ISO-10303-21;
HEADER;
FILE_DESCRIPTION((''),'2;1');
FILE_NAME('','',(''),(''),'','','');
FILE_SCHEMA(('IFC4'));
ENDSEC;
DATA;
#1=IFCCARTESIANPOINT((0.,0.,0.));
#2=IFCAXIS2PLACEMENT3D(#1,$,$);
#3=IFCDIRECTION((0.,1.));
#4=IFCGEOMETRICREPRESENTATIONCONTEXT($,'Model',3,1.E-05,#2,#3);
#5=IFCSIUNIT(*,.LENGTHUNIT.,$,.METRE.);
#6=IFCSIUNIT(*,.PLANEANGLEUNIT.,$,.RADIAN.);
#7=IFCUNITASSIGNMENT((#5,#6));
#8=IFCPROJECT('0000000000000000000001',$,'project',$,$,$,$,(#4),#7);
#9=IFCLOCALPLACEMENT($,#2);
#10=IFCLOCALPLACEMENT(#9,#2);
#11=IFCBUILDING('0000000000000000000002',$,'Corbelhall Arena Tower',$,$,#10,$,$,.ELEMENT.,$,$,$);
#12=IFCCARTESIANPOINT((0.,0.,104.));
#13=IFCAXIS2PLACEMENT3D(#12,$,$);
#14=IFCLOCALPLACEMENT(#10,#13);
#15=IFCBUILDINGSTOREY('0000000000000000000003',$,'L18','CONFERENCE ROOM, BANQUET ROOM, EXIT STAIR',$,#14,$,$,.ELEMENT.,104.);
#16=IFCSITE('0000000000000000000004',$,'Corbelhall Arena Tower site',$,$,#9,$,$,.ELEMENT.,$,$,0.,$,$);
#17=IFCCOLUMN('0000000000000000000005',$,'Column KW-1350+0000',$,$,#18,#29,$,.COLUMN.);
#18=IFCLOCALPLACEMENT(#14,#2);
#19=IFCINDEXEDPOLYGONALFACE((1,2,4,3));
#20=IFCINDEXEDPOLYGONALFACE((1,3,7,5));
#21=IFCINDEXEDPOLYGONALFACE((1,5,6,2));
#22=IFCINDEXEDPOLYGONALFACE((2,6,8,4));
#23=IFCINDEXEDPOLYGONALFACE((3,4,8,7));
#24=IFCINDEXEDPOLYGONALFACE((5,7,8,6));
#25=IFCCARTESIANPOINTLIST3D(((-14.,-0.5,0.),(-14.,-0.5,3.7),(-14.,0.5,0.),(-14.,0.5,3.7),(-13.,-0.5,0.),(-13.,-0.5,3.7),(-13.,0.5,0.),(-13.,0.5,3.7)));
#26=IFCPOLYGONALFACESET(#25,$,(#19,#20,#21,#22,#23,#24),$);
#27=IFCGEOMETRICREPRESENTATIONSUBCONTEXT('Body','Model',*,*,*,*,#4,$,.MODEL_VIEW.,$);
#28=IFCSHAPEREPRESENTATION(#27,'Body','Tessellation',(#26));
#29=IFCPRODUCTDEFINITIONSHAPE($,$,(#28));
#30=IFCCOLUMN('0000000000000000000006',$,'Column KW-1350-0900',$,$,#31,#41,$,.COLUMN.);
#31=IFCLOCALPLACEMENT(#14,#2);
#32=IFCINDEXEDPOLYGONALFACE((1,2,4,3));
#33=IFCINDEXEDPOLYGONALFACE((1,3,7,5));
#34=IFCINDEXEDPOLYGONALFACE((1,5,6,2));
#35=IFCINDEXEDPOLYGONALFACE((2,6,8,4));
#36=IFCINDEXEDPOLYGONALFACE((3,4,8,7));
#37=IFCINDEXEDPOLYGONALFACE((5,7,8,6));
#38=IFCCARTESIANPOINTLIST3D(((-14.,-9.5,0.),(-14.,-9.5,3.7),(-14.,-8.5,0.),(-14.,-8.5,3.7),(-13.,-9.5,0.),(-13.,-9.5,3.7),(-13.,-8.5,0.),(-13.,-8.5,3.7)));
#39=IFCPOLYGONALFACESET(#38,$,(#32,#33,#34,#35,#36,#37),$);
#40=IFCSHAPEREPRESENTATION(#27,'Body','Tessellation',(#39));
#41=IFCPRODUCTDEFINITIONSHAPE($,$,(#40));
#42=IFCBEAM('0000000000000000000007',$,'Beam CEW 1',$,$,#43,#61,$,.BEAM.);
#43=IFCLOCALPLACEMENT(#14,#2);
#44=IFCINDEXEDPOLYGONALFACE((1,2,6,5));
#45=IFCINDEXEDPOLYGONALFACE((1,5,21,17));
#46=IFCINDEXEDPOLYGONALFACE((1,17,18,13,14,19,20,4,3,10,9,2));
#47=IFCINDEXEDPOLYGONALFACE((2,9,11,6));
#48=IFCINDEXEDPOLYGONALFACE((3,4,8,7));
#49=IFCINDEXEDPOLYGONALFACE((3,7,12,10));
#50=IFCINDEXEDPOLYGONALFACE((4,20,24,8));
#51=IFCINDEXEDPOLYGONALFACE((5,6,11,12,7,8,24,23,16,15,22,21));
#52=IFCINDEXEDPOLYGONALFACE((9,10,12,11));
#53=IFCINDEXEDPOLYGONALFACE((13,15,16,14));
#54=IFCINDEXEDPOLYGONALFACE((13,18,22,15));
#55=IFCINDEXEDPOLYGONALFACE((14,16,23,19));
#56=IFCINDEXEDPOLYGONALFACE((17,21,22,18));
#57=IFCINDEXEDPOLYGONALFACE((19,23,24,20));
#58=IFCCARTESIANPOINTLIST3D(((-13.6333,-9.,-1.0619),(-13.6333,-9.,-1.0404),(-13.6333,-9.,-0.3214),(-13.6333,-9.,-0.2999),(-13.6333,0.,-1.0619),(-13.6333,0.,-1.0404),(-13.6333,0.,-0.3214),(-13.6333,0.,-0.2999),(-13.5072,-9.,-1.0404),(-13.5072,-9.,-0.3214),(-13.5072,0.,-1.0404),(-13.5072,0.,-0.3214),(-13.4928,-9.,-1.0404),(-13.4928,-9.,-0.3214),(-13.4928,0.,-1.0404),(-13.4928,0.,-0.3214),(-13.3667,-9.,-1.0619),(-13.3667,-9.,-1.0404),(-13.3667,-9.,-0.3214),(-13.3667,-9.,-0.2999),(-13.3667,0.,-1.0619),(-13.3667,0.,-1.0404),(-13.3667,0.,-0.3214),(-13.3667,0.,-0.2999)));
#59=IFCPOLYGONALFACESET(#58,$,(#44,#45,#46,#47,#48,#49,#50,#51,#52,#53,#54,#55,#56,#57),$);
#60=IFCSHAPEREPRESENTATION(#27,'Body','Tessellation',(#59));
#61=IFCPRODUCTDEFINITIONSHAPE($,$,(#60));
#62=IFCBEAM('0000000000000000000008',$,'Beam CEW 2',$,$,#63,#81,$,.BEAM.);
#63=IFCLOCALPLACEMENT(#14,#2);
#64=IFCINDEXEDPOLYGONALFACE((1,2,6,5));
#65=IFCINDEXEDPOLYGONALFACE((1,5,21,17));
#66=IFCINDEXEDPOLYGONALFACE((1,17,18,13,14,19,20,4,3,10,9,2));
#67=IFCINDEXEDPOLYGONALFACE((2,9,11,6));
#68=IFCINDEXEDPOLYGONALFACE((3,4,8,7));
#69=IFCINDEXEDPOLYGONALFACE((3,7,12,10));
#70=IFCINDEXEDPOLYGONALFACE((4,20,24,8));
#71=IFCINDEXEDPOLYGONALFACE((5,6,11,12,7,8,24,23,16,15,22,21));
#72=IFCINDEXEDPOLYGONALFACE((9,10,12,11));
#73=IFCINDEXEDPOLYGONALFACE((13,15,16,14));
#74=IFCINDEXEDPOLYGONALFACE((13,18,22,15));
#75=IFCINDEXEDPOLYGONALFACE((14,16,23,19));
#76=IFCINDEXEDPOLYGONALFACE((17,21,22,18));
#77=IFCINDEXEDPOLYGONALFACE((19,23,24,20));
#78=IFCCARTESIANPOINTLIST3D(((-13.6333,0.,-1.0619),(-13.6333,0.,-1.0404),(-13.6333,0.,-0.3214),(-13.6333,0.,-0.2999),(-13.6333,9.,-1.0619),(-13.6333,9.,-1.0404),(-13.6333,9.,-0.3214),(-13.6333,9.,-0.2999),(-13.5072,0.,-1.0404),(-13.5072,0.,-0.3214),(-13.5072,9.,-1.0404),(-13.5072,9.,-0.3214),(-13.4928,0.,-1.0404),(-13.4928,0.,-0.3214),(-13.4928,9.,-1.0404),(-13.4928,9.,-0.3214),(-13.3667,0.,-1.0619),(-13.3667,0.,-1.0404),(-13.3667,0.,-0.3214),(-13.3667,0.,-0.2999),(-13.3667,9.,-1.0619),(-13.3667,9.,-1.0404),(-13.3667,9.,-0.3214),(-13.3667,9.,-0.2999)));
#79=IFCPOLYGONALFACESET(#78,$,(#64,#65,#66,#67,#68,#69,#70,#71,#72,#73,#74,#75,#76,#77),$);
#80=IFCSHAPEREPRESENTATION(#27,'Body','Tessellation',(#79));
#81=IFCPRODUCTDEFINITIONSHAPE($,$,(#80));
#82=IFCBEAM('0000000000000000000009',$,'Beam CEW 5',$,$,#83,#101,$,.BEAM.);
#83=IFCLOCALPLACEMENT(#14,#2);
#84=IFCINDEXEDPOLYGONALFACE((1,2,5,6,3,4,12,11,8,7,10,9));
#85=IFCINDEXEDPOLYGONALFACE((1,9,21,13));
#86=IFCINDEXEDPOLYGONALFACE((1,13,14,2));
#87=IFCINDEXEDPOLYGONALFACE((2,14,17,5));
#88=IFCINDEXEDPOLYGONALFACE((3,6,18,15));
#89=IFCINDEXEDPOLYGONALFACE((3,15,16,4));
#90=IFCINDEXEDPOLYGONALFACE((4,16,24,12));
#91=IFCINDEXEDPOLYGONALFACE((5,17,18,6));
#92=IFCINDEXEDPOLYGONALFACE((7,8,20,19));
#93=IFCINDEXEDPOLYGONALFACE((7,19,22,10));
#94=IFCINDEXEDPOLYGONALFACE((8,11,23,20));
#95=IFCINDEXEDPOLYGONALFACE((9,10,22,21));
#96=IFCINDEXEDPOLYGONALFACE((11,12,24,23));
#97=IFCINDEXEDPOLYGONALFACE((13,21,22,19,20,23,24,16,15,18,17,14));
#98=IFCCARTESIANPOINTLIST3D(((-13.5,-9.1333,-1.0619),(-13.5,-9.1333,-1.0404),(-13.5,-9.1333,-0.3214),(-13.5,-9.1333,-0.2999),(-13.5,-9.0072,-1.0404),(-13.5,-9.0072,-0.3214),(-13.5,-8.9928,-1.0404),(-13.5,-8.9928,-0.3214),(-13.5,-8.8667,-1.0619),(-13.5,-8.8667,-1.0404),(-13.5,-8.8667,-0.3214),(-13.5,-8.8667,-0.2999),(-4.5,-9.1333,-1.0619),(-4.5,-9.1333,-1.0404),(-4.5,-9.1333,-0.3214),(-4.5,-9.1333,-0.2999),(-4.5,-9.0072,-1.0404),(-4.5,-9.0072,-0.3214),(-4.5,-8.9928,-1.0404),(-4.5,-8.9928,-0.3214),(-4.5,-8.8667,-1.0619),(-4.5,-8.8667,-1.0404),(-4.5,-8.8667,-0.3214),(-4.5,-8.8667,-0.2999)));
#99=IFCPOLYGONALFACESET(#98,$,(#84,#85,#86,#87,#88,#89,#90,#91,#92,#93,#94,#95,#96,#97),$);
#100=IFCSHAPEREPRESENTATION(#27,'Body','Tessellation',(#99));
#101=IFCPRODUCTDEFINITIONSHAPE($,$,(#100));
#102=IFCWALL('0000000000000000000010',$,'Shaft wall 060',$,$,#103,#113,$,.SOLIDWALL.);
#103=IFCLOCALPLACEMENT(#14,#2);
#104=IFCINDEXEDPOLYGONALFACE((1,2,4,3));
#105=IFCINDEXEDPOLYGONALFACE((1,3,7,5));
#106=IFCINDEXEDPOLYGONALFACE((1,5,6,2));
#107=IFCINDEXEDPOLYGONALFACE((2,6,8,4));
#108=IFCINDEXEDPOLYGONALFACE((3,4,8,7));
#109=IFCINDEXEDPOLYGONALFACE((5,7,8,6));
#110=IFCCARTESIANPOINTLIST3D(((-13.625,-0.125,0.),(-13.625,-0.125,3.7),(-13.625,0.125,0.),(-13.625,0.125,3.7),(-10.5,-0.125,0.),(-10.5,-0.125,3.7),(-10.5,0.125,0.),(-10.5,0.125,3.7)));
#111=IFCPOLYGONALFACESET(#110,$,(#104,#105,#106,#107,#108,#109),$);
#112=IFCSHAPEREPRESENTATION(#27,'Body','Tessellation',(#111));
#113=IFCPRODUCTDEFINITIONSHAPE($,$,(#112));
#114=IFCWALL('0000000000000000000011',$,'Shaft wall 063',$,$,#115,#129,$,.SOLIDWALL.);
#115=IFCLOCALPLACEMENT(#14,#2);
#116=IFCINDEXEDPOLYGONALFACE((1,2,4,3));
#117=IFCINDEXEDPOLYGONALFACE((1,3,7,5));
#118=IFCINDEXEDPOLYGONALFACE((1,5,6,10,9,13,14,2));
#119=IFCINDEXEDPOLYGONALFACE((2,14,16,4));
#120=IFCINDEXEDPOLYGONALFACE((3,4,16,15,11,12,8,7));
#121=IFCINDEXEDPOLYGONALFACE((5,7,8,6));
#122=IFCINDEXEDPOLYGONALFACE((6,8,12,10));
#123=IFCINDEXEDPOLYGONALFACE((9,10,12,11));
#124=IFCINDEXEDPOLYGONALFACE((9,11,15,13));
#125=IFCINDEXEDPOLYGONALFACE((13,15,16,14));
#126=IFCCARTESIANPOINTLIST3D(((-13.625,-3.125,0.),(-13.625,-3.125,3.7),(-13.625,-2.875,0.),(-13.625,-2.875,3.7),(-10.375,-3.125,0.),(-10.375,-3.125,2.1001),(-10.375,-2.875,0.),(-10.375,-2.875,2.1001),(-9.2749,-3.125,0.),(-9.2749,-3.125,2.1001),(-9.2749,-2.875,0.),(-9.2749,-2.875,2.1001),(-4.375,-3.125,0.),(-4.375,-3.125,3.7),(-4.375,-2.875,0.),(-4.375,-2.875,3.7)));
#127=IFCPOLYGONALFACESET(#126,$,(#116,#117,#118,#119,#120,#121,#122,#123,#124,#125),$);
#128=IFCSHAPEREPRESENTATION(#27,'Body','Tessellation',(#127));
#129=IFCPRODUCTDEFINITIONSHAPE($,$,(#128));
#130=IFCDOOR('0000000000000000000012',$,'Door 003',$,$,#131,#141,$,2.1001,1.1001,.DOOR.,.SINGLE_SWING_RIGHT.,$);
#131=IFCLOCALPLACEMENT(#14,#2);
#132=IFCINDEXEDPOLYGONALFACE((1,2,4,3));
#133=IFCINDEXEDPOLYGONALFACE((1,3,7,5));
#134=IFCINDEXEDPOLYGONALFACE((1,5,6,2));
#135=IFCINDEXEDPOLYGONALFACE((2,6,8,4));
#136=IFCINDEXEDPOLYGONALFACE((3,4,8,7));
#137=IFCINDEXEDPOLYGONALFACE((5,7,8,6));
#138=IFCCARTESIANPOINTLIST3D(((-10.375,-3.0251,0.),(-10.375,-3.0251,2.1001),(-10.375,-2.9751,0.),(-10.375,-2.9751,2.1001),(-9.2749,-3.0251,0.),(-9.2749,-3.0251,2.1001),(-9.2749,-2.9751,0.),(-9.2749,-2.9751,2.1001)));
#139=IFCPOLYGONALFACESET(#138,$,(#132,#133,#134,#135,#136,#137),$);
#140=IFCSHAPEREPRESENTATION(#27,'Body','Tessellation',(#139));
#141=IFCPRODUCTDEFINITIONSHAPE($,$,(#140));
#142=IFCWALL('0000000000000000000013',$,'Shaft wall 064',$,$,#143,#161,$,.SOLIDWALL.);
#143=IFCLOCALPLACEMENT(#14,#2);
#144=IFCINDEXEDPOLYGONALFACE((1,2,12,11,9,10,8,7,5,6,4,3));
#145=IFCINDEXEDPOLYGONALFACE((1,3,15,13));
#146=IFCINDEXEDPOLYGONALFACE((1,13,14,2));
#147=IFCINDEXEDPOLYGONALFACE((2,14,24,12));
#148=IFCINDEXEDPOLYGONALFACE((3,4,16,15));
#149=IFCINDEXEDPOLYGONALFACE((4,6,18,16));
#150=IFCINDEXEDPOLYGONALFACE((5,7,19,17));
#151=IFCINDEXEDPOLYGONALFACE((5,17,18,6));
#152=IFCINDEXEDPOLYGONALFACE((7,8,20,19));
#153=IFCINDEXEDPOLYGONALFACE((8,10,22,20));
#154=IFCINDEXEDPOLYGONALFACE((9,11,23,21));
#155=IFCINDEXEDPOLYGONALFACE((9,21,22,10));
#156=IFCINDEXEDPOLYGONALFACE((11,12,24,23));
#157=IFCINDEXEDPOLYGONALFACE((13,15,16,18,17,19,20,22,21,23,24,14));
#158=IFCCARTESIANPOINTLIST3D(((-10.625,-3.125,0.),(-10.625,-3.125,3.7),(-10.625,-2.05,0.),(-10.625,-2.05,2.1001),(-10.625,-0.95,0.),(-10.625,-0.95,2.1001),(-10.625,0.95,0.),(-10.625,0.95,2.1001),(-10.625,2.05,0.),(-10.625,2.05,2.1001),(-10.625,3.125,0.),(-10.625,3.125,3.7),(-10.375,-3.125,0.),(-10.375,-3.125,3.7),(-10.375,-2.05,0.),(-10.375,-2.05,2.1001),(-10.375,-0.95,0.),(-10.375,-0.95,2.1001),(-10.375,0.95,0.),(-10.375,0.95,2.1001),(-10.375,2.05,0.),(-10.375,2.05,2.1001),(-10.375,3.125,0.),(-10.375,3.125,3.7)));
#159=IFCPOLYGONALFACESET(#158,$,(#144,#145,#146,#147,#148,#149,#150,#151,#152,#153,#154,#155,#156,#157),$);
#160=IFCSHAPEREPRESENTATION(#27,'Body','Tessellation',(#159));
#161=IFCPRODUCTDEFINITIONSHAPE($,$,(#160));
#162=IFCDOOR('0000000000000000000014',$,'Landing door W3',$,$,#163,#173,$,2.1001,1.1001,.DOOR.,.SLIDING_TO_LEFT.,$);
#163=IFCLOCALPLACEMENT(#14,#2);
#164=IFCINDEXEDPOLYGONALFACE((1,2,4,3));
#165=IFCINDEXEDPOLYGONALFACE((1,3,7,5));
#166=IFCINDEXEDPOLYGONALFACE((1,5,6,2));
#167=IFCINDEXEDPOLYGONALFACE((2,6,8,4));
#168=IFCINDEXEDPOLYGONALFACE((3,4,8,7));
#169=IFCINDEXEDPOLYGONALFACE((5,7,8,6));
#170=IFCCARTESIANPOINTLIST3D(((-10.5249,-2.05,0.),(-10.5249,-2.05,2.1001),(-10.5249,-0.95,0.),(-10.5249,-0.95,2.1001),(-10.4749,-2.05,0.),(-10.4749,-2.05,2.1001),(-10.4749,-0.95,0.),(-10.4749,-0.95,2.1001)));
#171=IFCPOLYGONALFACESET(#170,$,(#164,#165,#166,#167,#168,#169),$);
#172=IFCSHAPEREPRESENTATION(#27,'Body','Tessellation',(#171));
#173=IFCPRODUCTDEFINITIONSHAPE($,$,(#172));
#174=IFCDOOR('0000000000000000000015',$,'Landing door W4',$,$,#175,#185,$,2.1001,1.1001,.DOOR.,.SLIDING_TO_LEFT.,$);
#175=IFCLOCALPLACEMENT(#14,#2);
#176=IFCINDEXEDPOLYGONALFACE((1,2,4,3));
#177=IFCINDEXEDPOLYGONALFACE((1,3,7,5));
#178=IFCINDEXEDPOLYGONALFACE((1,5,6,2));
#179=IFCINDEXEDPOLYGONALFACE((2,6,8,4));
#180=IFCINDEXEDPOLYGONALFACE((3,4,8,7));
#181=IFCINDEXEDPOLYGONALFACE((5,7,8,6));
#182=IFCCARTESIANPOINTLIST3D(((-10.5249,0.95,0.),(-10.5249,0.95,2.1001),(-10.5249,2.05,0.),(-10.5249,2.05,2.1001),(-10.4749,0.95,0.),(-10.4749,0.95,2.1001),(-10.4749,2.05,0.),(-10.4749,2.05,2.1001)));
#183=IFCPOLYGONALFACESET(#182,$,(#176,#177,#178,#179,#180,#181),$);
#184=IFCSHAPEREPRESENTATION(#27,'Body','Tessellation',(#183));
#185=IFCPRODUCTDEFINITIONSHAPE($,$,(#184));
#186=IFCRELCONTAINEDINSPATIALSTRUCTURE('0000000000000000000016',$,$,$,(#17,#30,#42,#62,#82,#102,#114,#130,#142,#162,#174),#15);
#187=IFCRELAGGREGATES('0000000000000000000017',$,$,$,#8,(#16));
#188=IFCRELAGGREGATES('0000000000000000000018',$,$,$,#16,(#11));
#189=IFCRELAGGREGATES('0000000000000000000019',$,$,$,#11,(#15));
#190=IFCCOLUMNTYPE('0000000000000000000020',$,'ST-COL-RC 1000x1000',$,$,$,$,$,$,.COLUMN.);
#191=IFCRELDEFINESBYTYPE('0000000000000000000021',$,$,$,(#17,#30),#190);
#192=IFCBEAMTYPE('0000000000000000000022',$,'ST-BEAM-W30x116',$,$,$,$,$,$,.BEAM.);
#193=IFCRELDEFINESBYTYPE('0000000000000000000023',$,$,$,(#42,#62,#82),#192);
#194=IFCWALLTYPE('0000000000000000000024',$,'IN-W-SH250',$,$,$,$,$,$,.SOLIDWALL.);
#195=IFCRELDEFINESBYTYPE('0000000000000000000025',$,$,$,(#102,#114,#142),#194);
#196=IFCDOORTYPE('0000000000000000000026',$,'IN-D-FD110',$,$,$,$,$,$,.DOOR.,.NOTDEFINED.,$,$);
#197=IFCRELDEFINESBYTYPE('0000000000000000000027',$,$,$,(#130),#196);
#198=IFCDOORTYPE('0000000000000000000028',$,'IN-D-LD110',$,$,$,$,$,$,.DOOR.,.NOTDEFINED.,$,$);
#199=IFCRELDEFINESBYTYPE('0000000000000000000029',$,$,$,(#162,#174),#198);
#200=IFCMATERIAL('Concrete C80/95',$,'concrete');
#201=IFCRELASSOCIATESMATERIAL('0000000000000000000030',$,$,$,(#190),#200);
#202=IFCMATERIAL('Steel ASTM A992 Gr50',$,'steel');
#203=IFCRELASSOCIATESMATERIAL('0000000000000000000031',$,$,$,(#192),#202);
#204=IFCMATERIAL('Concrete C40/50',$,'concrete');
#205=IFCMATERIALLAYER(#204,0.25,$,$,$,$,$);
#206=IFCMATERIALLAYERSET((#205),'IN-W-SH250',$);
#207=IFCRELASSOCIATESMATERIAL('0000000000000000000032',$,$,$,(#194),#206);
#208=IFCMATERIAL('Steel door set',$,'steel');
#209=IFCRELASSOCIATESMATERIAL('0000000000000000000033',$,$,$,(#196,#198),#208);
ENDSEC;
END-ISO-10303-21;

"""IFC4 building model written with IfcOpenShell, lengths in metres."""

from ifc_helpers import new_model, si_unit, direction, frame, frame_2d, origin, origin_2d, place, context, subcontext, project, spatial, rectangle, i_section, extrude, material, layer, layer_set, material_profile, profile_set, type_object, element, fill, save


model = new_model("IFC4")

# Units and contexts
model_context = context("Model", 3, precision=1e-05, world=origin(), true_north=direction((0.0, 1.0)))
body_context = subcontext(model_context, "Body", "Model", "MODEL_VIEW")
ifc_project = project(units=[si_unit("LENGTHUNIT", "METRE"), si_unit("PLANEANGLEUNIT", "RADIAN")], contexts=[model_context])

# Site, building, storey
site_placement = place(None, origin())
site = spatial("IfcSite", under=ifc_project, at=site_placement, Name="Corbelhall Arena Tower site", CompositionType="ELEMENT", RefElevation=0.0)
building_placement = place(site_placement, origin())
building = spatial("IfcBuilding", under=site, at=building_placement, Name="Corbelhall Arena Tower", CompositionType="ELEMENT")
storey_placement = place(building_placement, frame((0.0, 0.0, 104.0)))
storey = spatial("IfcBuildingStorey", under=building, at=storey_placement, Name="L18", Description="CONFERENCE ROOM, BANQUET ROOM, EXIT STAIR", CompositionType="ELEMENT", Elevation=104.0)

# Columns
ifc_material_1 = material(Name="Concrete C80/95", Category="concrete")
ifc_material_profile_1 = material_profile(ifc_material_1, rectangle(XDim=1.0, YDim=1.0, at=origin_2d()))
ifc_profile_set_1 = profile_set([ifc_material_profile_1], Name="Concrete C80/95")
column_type = type_object("IfcColumnType", Name="ST-COL-RC 1000x1000", PredefinedType="COLUMN", material=ifc_profile_set_1)
for number, where, z_axis, x_axis, name in (
    (1, (-13.5, 0.0, 0.0), (0.0, 0.0, 1.0), (1.0, 0.0, 0.0), "Column KW-1350+0000"),
    (2, (-13.5, -9.0, 0.0), (0.0, 0.0, 1.0), (1.0, 0.0, 0.0), "Column KW-1350-0900"),
):
    element("IfcColumn", number, at=place(storey_placement, frame(where, z_axis=z_axis, x_axis=x_axis)), inside=storey, type_object=column_type, Name=name, PredefinedType="COLUMN", context=body_context, shape_type="SweptSolid", body=[
        extrude(rectangle(XDim=1.0, YDim=1.0, at=origin_2d()), origin(), (0.0, 0.0, 1.0), 3.7),
    ])

# Beams
ifc_material_2 = material(Name="Steel ASTM A992 Gr50", Category="steel")
ifc_material_profile_2 = material_profile(ifc_material_2, i_section(OverallWidth=0.2666, OverallDepth=0.762, WebThickness=0.0144, FlangeThickness=0.0215, at=origin_2d()))
ifc_profile_set_2 = profile_set([ifc_material_profile_2], Name="Steel ASTM A992 Gr50")
beam_type = type_object("IfcBeamType", Name="ST-BEAM-W30x116", PredefinedType="BEAM", material=ifc_profile_set_2)
for number, where, z_axis, x_axis, name in (
    (3, (-13.5, -9.0, -0.6809), (0.0, 1.0, 0.0), (-1.0, 0.0, 0.0), "Beam CEW 1"),
    (4, (-13.5, 0.0, -0.6809), (0.0, 1.0, 0.0), (-1.0, 0.0, 0.0), "Beam CEW 2"),
    (5, (-13.5, -9.0, -0.6809), (1.0, 0.0, 0.0), (0.0, 1.0, 0.0), "Beam CEW 5"),
):
    element("IfcBeam", number, at=place(storey_placement, frame(where, z_axis=z_axis, x_axis=x_axis)), inside=storey, type_object=beam_type, Name=name, PredefinedType="BEAM", context=body_context, shape_type="SweptSolid", body=[
        extrude(i_section(OverallWidth=0.2666, OverallDepth=0.762, WebThickness=0.0144, FlangeThickness=0.0215, at=origin_2d()), origin(), (0.0, 0.0, 1.0), 9.0),
    ])

# Wall
ifc_material_3 = material(Name="Concrete C40/50", Category="concrete")
ifc_layer_1 = layer(ifc_material_3, 0.25)
ifc_layer_set_1 = layer_set([ifc_layer_1], Name="IN-W-SH250")
wall_type_1 = type_object("IfcWallType", Name="IN-W-SH250", PredefinedType="SOLIDWALL", material=ifc_layer_set_1)
wall_1_placement = place(storey_placement, frame((-13.625, 0.0, 0.0), z_axis=(0.0, 0.0, 1.0), x_axis=(1.0, 0.0, 0.0)))
element("IfcWall", 6, at=wall_1_placement, inside=storey, type_object=wall_type_1, Name="Shaft wall 060", PredefinedType="SOLIDWALL", context=body_context, shape_type="SweptSolid", body=[
    extrude(rectangle(XDim=3.125, YDim=0.25, at=frame_2d((1.5625, 0.0))), origin(), (0.0, 0.0, 1.0), 3.7),
])

# Wall, opening, door
wall_2_placement = place(storey_placement, frame((-13.625, -3.0, 0.0), z_axis=(0.0, 0.0, 1.0), x_axis=(1.0, 0.0, 0.0)))
wall_2 = element("IfcWall", 7, at=wall_2_placement, inside=storey, type_object=wall_type_1, Name="Shaft wall 063", PredefinedType="SOLIDWALL", context=body_context, shape_type="SweptSolid", body=[
    extrude(rectangle(XDim=9.25, YDim=0.25, at=frame_2d((4.625, 0.0))), origin(), (0.0, 0.0, 1.0), 3.7),
])
opening_1_placement = place(wall_2_placement, frame((3.25, 0.0, 0.0)))
opening_1 = element("IfcOpeningElement", 8, at=opening_1_placement, cuts=wall_2, PredefinedType="OPENING", context=body_context, shape_type="SweptSolid", body=[
    extrude(rectangle(XDim=1.1001, YDim=2.1001, at=frame_2d((0.55, 1.05))), frame((0.0, 0.125, 0.0), z_axis=(0.0, -1.0, 0.0), x_axis=(1.0, 0.0, 0.0)), (0.0, 0.0, 1.0), 0.25),
])
ifc_material_4 = material(Name="Steel door set", Category="steel")
door_type_1 = type_object("IfcDoorType", Name="IN-D-FD110", OperationType="NOTDEFINED", PredefinedType="DOOR", material=ifc_material_4)
door_1_placement = place(opening_1_placement, origin())
door_1 = element("IfcDoor", 9, at=door_1_placement, inside=storey, type_object=door_type_1, Name="Door 003", OperationType="SINGLE_SWING_RIGHT", OverallHeight=2.1001, OverallWidth=1.1001, PredefinedType="DOOR", context=body_context, shape_type="SweptSolid", body=[
    extrude(rectangle(XDim=1.1001, YDim=2.1001, at=frame_2d((0.55, 1.05))), frame((0.0, 0.0249, 0.0), z_axis=(0.0, -1.0, 0.0), x_axis=(1.0, 0.0, 0.0)), (0.0, 0.0, 1.0), 0.05),
])
fill(opening_1, door_1)

# Wall, openings, doors
wall_3_placement = place(storey_placement, frame((-10.5, -3.125, 0.0), z_axis=(0.0, 0.0, 1.0), x_axis=(0.0, 1.0, 0.0)))
wall_3 = element("IfcWall", 10, at=wall_3_placement, inside=storey, type_object=wall_type_1, Name="Shaft wall 064", PredefinedType="SOLIDWALL", context=body_context, shape_type="SweptSolid", body=[
    extrude(rectangle(XDim=6.25, YDim=0.25, at=frame_2d((3.125, 0.0))), origin(), (0.0, 0.0, 1.0), 3.7),
])
opening_2_placement = place(wall_3_placement, frame((1.075, 0.0, 0.0)))
opening_2 = element("IfcOpeningElement", 11, at=opening_2_placement, cuts=wall_3, PredefinedType="OPENING", context=body_context, shape_type="SweptSolid", body=[
    extrude(rectangle(XDim=1.1001, YDim=2.1001, at=frame_2d((0.55, 1.05))), frame((0.0, 0.125, 0.0), z_axis=(0.0, -1.0, 0.0), x_axis=(1.0, 0.0, 0.0)), (0.0, 0.0, 1.0), 0.25),
])
opening_3_placement = place(wall_3_placement, frame((4.075, 0.0, 0.0)))
opening_3 = element("IfcOpeningElement", 12, at=opening_3_placement, cuts=wall_3, PredefinedType="OPENING", context=body_context, shape_type="SweptSolid", body=[
    extrude(rectangle(XDim=1.1001, YDim=2.1001, at=frame_2d((0.55, 1.05))), frame((0.0, 0.125, 0.0), z_axis=(0.0, -1.0, 0.0), x_axis=(1.0, 0.0, 0.0)), (0.0, 0.0, 1.0), 0.25),
])
door_type_2 = type_object("IfcDoorType", Name="IN-D-LD110", OperationType="NOTDEFINED", PredefinedType="DOOR", material=ifc_material_4)
door_2_placement = place(opening_2_placement, origin())
door_2 = element("IfcDoor", 13, at=door_2_placement, inside=storey, type_object=door_type_2, Name="Landing door W3", OperationType="SLIDING_TO_LEFT", OverallHeight=2.1001, OverallWidth=1.1001, PredefinedType="DOOR", context=body_context, shape_type="SweptSolid", body=[
    extrude(rectangle(XDim=1.1001, YDim=2.1001, at=frame_2d((0.55, 1.05))), frame((0.0, 0.0249, 0.0), z_axis=(0.0, -1.0, 0.0), x_axis=(1.0, 0.0, 0.0)), (0.0, 0.0, 1.0), 0.05),
])
fill(opening_2, door_2)
door_3_placement = place(opening_3_placement, origin())
door_3 = element("IfcDoor", 14, at=door_3_placement, inside=storey, type_object=door_type_2, Name="Landing door W4", OperationType="SLIDING_TO_LEFT", OverallHeight=2.1001, OverallWidth=1.1001, PredefinedType="DOOR", context=body_context, shape_type="SweptSolid", body=[
    extrude(rectangle(XDim=1.1001, YDim=2.1001, at=frame_2d((0.55, 1.05))), frame((0.0, 0.0249, 0.0), z_axis=(0.0, -1.0, 0.0), x_axis=(1.0, 0.0, 0.0)), (0.0, 0.0, 1.0), 0.05),
])
fill(opening_3, door_3)

save(model, "model.ifc")
